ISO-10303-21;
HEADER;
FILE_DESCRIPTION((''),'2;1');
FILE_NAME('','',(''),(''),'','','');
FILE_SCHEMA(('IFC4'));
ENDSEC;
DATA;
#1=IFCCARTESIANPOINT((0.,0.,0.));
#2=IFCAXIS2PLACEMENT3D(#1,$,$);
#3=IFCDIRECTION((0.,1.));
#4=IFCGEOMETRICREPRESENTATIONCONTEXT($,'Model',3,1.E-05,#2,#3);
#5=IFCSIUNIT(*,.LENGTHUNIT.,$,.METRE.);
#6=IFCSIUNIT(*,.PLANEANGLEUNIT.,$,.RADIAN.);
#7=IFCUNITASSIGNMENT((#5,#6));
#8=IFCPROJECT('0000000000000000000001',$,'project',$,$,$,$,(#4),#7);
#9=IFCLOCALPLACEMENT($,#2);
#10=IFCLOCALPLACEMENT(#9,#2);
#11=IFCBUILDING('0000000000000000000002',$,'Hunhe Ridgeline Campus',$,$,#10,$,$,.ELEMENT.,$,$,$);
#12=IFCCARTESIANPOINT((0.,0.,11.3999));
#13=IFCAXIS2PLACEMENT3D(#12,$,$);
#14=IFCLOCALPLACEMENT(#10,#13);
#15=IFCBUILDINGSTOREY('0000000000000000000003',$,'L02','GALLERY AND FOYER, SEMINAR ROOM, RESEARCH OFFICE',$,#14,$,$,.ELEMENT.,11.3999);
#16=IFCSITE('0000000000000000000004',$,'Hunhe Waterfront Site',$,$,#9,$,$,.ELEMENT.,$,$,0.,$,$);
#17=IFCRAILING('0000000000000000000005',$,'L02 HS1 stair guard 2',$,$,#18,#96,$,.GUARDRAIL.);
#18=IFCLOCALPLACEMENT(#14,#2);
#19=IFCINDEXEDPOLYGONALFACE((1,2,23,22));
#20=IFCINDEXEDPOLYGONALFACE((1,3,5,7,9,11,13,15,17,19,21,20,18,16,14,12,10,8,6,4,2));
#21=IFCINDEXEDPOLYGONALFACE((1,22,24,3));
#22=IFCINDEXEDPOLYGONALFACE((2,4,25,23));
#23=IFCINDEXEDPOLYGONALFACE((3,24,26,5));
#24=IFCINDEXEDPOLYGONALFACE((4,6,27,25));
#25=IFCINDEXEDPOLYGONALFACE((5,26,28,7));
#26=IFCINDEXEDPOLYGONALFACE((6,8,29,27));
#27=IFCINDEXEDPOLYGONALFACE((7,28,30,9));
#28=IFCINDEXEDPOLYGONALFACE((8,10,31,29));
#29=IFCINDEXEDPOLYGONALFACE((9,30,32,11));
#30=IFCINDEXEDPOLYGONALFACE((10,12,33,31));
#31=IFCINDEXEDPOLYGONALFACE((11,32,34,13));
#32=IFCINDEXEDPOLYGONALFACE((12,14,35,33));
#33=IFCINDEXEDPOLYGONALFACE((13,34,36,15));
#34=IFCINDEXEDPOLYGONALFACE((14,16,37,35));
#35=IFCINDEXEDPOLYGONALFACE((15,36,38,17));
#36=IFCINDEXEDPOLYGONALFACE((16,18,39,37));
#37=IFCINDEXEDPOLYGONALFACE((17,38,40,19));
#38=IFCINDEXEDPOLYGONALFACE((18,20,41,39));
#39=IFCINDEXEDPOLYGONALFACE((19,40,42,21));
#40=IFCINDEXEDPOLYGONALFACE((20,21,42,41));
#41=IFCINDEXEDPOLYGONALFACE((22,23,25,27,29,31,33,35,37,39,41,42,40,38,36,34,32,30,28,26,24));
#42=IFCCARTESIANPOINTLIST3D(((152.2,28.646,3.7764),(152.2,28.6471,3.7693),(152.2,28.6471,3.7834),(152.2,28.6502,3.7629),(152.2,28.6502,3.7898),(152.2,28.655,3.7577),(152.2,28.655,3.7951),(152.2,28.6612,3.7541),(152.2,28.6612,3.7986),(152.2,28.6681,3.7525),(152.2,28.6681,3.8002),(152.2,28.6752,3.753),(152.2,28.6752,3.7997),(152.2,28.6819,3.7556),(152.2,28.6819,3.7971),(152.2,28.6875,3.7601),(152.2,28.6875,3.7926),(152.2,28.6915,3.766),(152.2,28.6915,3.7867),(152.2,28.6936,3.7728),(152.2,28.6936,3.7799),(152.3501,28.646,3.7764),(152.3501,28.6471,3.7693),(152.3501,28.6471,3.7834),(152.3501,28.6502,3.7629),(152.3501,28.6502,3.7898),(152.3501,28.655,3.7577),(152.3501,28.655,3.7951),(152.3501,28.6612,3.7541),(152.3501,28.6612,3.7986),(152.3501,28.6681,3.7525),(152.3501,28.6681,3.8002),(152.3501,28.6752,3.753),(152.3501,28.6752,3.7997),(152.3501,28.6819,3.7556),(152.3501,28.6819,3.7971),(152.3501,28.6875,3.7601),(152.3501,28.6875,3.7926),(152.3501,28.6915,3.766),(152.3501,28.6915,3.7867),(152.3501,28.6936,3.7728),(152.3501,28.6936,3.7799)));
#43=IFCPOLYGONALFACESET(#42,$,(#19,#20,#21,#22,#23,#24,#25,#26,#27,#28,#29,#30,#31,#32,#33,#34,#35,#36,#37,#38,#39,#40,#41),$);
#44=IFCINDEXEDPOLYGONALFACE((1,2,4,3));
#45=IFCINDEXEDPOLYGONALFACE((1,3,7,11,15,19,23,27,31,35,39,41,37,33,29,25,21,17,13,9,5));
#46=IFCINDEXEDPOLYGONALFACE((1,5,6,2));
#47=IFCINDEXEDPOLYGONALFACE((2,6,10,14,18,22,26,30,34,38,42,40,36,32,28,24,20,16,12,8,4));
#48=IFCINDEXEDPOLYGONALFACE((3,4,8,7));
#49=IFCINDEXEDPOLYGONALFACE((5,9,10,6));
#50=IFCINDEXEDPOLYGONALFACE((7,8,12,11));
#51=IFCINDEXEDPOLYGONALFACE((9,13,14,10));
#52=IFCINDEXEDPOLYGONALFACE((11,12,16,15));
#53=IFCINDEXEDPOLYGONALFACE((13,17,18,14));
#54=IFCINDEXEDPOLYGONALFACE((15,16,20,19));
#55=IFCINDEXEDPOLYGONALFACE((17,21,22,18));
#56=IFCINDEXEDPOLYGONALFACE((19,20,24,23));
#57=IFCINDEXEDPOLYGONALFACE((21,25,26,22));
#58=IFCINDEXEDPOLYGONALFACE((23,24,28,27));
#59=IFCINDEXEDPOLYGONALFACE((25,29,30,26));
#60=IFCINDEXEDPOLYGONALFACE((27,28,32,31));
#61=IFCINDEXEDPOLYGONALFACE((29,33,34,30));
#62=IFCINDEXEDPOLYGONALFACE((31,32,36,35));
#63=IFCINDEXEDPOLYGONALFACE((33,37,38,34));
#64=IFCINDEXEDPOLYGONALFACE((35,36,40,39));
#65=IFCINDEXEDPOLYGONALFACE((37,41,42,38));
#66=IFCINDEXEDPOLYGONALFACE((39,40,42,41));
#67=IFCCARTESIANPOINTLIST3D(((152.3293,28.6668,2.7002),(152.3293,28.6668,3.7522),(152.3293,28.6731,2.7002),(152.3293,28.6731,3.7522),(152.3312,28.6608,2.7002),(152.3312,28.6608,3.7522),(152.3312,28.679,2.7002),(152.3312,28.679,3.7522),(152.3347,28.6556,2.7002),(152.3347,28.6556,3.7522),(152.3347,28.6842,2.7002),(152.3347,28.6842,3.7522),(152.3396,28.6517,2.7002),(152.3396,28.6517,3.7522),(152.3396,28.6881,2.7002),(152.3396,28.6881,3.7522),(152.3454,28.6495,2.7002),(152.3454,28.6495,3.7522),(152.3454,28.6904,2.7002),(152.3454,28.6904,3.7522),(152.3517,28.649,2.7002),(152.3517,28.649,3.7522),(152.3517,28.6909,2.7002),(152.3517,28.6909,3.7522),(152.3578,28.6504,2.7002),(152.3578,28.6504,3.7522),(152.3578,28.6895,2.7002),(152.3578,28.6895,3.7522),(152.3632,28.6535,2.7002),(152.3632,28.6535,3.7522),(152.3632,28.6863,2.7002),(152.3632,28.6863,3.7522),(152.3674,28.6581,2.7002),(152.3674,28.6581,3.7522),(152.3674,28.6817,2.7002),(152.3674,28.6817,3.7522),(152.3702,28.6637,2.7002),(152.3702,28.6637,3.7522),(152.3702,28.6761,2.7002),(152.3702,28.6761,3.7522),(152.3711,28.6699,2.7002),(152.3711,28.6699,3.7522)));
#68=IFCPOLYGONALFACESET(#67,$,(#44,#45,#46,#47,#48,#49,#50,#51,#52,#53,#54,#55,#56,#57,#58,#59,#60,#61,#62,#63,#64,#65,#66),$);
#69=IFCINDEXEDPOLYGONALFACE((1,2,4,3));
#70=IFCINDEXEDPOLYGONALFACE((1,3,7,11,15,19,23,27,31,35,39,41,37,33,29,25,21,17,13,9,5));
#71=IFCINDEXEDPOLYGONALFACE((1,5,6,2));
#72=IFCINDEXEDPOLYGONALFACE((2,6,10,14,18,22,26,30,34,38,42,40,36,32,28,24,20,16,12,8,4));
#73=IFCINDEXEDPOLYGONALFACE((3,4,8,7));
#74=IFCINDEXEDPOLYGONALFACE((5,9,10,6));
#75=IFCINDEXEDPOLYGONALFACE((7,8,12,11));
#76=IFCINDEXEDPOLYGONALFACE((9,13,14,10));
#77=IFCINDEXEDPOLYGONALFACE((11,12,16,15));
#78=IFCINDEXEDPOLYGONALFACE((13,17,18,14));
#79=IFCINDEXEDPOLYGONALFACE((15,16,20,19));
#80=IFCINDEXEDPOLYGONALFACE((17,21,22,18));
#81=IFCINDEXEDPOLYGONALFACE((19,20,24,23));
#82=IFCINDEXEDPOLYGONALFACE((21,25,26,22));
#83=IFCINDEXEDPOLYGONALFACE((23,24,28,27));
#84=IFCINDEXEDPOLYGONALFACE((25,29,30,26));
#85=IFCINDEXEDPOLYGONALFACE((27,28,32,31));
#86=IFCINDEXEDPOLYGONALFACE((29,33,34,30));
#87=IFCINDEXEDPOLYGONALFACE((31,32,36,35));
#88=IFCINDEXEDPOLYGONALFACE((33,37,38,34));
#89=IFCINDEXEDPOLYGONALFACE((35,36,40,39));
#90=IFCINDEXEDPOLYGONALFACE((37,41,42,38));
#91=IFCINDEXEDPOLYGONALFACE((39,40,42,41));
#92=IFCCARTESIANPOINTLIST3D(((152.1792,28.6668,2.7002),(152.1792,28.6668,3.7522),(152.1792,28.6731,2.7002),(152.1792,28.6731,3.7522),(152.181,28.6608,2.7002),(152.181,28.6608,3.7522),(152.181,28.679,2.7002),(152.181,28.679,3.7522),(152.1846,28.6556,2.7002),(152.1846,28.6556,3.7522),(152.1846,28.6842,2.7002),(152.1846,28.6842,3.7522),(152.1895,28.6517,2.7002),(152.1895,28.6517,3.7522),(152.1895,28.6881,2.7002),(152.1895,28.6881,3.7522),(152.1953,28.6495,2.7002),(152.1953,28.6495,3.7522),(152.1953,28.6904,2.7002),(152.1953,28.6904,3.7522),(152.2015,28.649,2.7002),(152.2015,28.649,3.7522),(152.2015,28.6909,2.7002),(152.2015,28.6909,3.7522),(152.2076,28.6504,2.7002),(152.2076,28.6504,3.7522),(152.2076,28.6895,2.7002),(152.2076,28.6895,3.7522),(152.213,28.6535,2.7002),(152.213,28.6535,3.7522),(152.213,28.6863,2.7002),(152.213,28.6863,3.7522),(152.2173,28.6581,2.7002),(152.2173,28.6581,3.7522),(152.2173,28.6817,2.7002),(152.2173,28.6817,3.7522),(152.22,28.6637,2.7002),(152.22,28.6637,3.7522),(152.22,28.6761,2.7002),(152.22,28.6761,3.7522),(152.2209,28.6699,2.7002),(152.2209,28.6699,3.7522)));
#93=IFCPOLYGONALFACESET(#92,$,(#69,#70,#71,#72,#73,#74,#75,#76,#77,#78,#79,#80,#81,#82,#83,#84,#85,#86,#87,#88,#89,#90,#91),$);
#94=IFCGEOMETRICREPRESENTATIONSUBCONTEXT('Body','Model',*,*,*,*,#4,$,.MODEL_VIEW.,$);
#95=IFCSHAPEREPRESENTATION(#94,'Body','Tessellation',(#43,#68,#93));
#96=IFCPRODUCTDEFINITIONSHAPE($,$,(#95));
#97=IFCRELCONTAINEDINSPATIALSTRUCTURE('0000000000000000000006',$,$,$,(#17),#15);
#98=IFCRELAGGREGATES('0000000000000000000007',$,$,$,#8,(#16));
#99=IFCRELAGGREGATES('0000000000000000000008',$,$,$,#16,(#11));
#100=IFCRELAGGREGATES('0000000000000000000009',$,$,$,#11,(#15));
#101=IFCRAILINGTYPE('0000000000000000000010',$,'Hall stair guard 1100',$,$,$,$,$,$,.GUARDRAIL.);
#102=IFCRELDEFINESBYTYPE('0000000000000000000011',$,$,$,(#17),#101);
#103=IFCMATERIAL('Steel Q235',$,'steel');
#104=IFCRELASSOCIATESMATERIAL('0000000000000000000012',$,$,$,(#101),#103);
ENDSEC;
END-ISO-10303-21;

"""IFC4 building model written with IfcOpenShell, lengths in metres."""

from ifc_helpers import new_model, si_unit, direction, frame, origin, origin_2d, place, context, subcontext, project, spatial, circle, extrude, material, type_object, element, save


model = new_model("IFC4")

# Units and contexts
model_context = context("Model", 3, precision=1e-05, world=origin(), true_north=direction((0.0, 1.0)))
body_context = subcontext(model_context, "Body", "Model", "MODEL_VIEW")
ifc_project = project(units=[si_unit("LENGTHUNIT", "METRE"), si_unit("PLANEANGLEUNIT", "RADIAN")], contexts=[model_context])

# Site, building, storey
site_placement = place(None, origin())
site = spatial("IfcSite", under=ifc_project, at=site_placement, Name="Hunhe Waterfront Site", CompositionType="ELEMENT", RefElevation=0.0)
building_placement = place(site_placement, origin())
building = spatial("IfcBuilding", under=site, at=building_placement, Name="Hunhe Ridgeline Campus", CompositionType="ELEMENT")
storey_placement = place(building_placement, frame((0.0, 0.0, 11.3999)))
storey = spatial("IfcBuildingStorey", under=building, at=storey_placement, Name="L02", Description="GALLERY AND FOYER, SEMINAR ROOM, RESEARCH OFFICE", CompositionType="ELEMENT", Elevation=11.3999)

# Shared definitions
ifc_material_1 = material(Name="Steel Q235", Category="steel")

# Railing
railing_type_1 = type_object("IfcRailingType", Name="Hall stair guard 1100", PredefinedType="GUARDRAIL", material=ifc_material_1)
railing_1_placement = place(storey_placement, frame((152.3501, 28.6699, 2.7002)))
element("IfcRailing", 1, at=railing_1_placement, inside=storey, type_object=railing_type_1, Name="L02 HS1 stair guard 2", PredefinedType="GUARDRAIL", context=body_context, shape_type="SweptSolid", body=[
    extrude(circle(Radius=0.0239, at=origin_2d()), frame((0.0, 0.0, 1.0762), z_axis=(-1.0, 0.0, 0.0), x_axis=(0.0, -1.0, 0.0)), (0.0, 0.0, 1.0), 0.1501),
    extrude(circle(Radius=0.021, at=origin_2d()), origin(), (0.0, 0.0, 1.0), 1.052),
    extrude(circle(Radius=0.021, at=origin_2d()), frame((-0.1501, 0.0, 0.0)), (0.0, 0.0, 1.0), 1.052),
])

save(model, "model.ifc")
